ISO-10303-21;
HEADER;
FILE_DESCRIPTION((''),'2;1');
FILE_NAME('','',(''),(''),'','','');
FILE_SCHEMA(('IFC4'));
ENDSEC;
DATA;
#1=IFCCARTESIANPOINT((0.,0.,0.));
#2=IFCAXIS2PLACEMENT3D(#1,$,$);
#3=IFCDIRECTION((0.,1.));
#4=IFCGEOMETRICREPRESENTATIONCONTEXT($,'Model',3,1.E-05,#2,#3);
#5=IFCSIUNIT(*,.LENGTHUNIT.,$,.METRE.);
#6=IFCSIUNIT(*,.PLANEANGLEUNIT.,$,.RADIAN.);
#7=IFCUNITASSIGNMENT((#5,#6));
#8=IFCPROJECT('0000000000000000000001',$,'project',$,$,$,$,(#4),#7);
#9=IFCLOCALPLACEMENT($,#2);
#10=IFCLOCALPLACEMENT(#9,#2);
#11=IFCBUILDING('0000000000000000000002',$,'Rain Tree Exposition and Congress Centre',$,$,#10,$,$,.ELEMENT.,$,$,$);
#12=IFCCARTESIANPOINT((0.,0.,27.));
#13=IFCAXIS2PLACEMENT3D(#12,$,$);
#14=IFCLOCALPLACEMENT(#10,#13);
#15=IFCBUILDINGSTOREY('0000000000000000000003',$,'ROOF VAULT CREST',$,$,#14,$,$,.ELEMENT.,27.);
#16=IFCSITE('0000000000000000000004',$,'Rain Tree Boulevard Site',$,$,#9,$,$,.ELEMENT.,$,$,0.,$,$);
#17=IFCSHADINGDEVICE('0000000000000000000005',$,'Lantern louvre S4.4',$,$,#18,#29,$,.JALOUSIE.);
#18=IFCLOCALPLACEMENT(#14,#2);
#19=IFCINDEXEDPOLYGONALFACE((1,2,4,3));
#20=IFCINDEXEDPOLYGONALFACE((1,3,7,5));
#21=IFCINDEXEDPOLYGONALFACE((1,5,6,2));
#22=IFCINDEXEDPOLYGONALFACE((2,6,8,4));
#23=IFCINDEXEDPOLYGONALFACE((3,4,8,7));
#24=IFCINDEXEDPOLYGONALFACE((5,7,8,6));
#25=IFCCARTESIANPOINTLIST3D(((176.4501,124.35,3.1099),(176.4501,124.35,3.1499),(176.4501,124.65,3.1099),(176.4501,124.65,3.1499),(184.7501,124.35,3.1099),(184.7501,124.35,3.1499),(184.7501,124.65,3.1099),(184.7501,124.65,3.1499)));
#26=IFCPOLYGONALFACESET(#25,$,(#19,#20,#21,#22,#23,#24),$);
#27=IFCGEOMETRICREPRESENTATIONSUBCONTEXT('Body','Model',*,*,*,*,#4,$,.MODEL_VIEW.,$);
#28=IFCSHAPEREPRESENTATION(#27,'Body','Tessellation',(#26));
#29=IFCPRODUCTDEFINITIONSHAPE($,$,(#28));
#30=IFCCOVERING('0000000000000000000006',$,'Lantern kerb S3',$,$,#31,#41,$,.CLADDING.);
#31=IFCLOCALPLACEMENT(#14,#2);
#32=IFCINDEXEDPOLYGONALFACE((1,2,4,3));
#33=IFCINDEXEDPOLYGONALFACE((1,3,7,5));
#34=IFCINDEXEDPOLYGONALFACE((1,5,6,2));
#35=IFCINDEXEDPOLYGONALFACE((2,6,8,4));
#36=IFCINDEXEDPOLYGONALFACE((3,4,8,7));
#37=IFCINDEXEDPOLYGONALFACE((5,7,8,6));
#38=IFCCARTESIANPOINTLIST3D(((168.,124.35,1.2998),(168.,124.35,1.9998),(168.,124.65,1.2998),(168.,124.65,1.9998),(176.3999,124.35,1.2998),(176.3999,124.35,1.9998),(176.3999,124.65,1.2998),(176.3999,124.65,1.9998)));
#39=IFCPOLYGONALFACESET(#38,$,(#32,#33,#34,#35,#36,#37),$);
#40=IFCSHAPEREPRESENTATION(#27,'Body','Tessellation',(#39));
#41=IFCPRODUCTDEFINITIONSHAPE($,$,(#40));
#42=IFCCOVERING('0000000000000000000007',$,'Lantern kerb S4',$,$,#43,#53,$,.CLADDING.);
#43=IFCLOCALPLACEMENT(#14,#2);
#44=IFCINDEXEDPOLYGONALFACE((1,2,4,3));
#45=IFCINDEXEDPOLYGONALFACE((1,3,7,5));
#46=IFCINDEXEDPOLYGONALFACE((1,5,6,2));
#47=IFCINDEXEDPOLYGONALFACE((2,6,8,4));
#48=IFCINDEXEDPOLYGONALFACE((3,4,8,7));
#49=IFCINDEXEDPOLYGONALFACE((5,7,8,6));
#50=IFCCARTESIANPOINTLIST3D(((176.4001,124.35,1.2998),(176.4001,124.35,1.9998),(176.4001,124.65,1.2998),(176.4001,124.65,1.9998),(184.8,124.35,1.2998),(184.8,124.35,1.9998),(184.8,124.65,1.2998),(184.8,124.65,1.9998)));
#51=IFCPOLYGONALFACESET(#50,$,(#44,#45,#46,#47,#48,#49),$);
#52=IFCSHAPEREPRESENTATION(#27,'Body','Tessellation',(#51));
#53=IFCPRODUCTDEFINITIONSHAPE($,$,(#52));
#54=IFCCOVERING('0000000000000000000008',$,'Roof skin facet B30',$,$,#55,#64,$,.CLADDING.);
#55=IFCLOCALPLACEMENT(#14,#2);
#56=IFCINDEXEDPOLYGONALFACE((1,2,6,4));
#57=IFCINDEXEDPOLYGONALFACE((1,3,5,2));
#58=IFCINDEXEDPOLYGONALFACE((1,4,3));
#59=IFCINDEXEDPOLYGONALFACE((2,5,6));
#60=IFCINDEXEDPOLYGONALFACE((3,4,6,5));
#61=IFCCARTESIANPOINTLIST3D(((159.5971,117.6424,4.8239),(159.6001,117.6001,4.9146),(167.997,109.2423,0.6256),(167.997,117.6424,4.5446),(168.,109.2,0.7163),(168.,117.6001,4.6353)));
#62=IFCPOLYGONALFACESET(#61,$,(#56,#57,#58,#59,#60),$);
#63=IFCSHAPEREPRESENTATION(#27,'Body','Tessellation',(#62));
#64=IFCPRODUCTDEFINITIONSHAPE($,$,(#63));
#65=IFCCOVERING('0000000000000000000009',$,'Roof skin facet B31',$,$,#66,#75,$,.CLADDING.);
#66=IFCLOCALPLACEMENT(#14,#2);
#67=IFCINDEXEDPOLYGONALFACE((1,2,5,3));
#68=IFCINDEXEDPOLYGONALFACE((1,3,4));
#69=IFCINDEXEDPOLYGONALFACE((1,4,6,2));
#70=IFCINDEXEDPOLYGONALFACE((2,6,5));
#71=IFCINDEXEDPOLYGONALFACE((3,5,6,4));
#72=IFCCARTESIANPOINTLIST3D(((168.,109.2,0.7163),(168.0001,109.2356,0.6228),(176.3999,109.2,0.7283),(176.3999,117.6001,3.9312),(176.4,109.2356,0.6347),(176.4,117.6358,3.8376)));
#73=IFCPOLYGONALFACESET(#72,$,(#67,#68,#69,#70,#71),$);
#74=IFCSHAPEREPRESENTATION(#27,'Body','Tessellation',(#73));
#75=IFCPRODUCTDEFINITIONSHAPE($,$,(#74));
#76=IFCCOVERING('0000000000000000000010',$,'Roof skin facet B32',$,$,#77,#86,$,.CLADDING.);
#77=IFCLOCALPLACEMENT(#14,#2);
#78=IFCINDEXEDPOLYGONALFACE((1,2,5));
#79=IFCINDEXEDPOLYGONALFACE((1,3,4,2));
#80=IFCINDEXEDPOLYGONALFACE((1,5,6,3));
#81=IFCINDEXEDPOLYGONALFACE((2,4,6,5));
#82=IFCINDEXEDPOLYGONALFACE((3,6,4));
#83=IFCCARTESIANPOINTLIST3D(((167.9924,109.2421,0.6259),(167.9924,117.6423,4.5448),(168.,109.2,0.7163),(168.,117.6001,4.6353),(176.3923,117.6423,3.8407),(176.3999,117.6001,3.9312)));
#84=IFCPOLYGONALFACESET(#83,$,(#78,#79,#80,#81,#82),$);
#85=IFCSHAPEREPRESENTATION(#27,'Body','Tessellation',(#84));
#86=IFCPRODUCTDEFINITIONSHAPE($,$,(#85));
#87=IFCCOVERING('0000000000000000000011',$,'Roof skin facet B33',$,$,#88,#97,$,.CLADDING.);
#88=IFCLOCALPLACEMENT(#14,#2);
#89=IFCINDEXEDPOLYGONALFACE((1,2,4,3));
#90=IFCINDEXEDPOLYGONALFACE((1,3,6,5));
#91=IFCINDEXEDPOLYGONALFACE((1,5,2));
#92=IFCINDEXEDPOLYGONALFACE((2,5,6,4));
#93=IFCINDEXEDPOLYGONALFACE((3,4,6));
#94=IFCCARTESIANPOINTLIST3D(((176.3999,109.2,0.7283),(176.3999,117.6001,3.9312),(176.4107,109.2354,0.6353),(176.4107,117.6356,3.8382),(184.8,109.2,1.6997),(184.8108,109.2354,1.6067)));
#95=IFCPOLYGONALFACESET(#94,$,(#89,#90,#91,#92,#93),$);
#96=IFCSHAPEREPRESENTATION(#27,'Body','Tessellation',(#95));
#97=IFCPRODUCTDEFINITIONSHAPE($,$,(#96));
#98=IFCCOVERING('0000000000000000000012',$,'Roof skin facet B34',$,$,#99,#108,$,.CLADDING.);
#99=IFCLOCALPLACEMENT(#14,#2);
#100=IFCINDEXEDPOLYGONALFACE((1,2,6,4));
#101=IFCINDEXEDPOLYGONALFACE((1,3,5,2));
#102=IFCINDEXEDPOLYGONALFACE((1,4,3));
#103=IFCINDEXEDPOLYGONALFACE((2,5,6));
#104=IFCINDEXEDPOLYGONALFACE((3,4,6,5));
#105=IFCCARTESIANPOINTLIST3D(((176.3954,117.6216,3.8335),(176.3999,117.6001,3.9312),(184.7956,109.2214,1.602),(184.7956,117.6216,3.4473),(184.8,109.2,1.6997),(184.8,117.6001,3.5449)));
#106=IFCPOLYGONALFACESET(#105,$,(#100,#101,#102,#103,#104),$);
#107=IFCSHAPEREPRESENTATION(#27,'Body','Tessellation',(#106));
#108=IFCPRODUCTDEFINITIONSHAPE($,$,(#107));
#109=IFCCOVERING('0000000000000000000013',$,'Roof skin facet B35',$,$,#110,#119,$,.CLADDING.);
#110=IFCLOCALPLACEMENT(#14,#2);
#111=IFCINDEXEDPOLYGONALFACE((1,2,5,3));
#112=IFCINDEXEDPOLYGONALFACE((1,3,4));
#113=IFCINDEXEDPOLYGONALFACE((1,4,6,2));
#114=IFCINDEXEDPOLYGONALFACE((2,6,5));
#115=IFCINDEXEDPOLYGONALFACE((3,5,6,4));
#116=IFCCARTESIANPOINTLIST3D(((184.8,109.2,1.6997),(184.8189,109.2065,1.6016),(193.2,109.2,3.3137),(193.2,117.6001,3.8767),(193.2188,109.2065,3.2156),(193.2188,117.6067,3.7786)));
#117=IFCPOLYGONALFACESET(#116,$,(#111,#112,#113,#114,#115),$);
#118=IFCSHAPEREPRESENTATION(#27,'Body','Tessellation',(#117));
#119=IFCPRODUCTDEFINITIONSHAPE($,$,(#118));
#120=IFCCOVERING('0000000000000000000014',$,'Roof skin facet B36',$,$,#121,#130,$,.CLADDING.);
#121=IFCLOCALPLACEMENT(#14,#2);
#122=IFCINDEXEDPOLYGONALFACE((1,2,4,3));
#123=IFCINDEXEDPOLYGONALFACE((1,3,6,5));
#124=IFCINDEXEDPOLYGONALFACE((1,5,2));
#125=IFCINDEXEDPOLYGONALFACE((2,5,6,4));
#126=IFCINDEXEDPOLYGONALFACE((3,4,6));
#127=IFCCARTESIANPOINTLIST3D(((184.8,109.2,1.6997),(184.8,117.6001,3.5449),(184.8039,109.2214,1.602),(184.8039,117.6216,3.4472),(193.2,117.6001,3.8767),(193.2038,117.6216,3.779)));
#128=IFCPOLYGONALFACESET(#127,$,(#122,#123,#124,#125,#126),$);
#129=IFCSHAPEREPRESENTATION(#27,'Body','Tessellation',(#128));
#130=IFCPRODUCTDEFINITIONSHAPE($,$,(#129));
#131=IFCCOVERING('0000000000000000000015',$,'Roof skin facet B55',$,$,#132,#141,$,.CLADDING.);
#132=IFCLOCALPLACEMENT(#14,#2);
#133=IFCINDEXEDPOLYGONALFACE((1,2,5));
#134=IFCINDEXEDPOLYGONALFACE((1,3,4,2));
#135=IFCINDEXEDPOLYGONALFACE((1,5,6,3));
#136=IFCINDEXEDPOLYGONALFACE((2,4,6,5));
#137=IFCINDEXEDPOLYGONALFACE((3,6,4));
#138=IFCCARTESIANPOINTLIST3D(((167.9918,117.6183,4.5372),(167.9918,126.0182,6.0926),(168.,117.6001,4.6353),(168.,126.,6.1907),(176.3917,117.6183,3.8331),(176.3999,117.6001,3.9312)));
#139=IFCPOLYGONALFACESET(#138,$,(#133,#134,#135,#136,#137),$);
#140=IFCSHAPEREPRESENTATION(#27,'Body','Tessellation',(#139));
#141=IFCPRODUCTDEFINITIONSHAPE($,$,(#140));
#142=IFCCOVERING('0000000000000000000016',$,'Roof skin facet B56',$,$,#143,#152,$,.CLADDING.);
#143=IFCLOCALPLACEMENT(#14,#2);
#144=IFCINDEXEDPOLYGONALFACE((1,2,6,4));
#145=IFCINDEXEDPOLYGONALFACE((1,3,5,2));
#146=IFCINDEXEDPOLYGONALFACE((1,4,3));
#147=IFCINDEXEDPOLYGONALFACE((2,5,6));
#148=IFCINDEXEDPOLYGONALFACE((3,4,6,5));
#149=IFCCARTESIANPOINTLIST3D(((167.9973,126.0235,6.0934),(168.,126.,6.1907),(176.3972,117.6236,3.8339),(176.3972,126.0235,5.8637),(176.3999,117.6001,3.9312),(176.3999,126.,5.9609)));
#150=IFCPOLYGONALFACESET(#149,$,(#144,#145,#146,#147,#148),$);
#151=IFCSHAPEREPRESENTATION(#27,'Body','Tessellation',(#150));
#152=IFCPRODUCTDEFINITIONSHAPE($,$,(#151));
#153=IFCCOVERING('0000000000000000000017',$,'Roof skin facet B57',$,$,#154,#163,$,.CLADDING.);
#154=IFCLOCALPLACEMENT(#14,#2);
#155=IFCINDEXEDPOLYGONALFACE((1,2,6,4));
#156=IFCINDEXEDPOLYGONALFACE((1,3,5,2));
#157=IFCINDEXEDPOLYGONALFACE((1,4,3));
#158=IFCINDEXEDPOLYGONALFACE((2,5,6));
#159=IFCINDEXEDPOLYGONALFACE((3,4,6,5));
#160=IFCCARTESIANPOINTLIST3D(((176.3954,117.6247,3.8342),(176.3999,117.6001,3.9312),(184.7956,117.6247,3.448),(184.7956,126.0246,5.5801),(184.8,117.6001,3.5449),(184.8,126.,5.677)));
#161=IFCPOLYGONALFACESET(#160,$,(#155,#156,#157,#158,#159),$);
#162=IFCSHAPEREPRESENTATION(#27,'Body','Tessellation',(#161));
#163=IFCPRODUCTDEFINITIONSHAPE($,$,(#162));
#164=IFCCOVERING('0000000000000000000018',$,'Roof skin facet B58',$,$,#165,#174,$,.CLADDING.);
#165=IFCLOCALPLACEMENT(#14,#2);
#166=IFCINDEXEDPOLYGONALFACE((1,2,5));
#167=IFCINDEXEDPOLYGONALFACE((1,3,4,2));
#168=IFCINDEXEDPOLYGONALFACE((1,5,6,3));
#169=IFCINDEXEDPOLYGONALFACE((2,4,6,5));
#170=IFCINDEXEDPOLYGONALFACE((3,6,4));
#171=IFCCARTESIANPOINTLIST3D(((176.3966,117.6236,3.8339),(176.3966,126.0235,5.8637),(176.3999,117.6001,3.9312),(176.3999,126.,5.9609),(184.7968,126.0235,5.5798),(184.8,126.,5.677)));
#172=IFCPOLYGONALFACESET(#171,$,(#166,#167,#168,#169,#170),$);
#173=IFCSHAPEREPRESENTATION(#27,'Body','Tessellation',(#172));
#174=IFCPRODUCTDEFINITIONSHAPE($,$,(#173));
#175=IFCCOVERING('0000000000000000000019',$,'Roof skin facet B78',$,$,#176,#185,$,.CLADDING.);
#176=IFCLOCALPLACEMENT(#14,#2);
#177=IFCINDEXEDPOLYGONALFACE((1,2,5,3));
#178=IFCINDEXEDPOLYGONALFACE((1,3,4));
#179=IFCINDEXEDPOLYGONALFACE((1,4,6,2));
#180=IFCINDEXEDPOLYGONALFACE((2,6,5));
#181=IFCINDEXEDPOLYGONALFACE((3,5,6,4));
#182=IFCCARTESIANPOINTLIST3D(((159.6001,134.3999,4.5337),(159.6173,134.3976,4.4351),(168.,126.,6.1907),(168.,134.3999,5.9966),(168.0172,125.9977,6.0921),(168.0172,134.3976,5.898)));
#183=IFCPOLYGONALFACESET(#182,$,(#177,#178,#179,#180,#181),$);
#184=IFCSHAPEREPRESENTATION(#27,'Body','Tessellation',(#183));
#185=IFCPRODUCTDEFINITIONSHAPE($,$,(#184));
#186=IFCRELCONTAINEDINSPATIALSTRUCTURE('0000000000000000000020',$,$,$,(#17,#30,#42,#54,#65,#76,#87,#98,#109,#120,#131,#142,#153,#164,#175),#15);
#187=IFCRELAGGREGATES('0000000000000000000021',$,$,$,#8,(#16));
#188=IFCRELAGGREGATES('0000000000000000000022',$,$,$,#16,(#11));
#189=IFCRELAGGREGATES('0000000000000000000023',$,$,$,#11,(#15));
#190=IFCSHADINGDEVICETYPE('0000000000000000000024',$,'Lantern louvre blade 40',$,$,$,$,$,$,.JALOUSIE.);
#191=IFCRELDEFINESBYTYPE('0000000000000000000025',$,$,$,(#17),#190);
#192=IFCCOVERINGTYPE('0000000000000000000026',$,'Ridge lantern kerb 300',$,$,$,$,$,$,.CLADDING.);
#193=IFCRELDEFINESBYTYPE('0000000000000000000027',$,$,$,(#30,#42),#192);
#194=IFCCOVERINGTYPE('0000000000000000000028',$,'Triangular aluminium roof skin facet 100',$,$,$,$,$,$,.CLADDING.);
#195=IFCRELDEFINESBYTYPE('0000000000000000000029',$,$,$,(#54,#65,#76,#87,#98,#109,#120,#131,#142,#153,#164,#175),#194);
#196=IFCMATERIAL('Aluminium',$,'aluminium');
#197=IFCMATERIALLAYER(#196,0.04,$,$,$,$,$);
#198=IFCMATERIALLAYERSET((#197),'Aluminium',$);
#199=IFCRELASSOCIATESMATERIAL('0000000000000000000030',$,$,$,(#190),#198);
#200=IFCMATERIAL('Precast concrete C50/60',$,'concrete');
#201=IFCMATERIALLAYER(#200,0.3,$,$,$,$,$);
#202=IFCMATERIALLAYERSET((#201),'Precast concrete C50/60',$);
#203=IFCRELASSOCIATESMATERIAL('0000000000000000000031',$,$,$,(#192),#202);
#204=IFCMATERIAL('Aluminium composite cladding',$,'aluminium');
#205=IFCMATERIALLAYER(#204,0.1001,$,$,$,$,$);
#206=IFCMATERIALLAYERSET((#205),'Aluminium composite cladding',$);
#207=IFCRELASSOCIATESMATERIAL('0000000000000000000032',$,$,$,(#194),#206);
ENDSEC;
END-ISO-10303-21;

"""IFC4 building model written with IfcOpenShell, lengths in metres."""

from ifc_helpers import new_model, si_unit, direction, frame, origin, origin_2d, place, context, subcontext, project, spatial, polyline, rectangle, outline, extrude, material, layer, layer_set, type_object, element, save


model = new_model("IFC4")

# Units and contexts
model_context = context("Model", 3, precision=1e-05, world=origin(), true_north=direction((0.0, 1.0)))
body_context = subcontext(model_context, "Body", "Model", "MODEL_VIEW")
ifc_project = project(units=[si_unit("LENGTHUNIT", "METRE"), si_unit("PLANEANGLEUNIT", "RADIAN")], contexts=[model_context])

# Site, building, storey
site_placement = place(None, origin())
site = spatial("IfcSite", under=ifc_project, at=site_placement, Name="Rain Tree Boulevard Site", CompositionType="ELEMENT", RefElevation=0.0)
building_placement = place(site_placement, origin())
building = spatial("IfcBuilding", under=site, at=building_placement, Name="Rain Tree Exposition and Congress Centre", CompositionType="ELEMENT")
storey_placement = place(building_placement, frame((0.0, 0.0, 27.0)))
storey = spatial("IfcBuildingStorey", under=building, at=storey_placement, Name="ROOF VAULT CREST", CompositionType="ELEMENT", Elevation=27.0)

# Shading device
ifc_material_1 = material(Name="Aluminium", Category="aluminium")
ifc_layer_1 = layer(ifc_material_1, 0.04)
ifc_layer_set_1 = layer_set([ifc_layer_1], Name="Aluminium")
shading_device_type = type_object("IfcShadingDeviceType", Name="Lantern louvre blade 40", PredefinedType="JALOUSIE", material=ifc_layer_set_1)
for number, where, z_axis, x_axis, name in (
    (1, (180.6001, 124.5, 3.1099), (0.0, 0.0, 1.0), (1.0, 0.0, 0.0), "Lantern louvre S4.4"),
):
    element("IfcShadingDevice", number, at=place(storey_placement, frame(where, z_axis=z_axis, x_axis=x_axis)), inside=storey, type_object=shading_device_type, Name=name, PredefinedType="JALOUSIE", context=body_context, shape_type="SweptSolid", body=[
        extrude(rectangle(XDim=8.3, YDim=0.3, at=origin_2d()), origin(), (0.0, 0.0, 1.0), 0.04),
    ])

# Coverings
ifc_material_2 = material(Name="Precast concrete C50/60", Category="concrete")
ifc_layer_2 = layer(ifc_material_2, 0.3)
ifc_layer_set_2 = layer_set([ifc_layer_2], Name="Precast concrete C50/60")
covering_type_1 = type_object("IfcCoveringType", Name="Ridge lantern kerb 300", PredefinedType="CLADDING", material=ifc_layer_set_2)
for number, where, z_axis, x_axis, name in (
    (2, (172.2, 124.5, 1.2998), (0.0, 0.0, 1.0), (1.0, 0.0, 0.0), "Lantern kerb S3"),
    (3, (180.6001, 124.5, 1.2998), (0.0, 0.0, 1.0), (1.0, 0.0, 0.0), "Lantern kerb S4"),
):
    element("IfcCovering", number, at=place(storey_placement, frame(where, z_axis=z_axis, x_axis=x_axis)), inside=storey, type_object=covering_type_1, Name=name, PredefinedType="CLADDING", context=body_context, shape_type="SweptSolid", body=[
        extrude(rectangle(XDim=8.3999, YDim=0.3, at=origin_2d()), origin(), (0.0, 0.0, 1.0), 0.7),
    ])
ifc_material_3 = material(Name="Aluminium composite cladding", Category="aluminium")
ifc_layer_3 = layer(ifc_material_3, 0.1001)
ifc_layer_set_3 = layer_set([ifc_layer_3], Name="Aluminium composite cladding")
covering_type_2 = type_object("IfcCoveringType", Name="Triangular aluminium roof skin facet 100", PredefinedType="CLADDING", material=ifc_layer_set_3)
covering_1_placement = place(storey_placement, frame((168.0, 109.2, 0.7163), z_axis=(0.030118, -0.422594, 0.905818), x_axis=(0.0, 0.90623, 0.422786)))
element("IfcCovering", 4, at=covering_1_placement, inside=storey, type_object=covering_type_2, Name="Roof skin facet B30", PredefinedType="CLADDING", context=body_context, shape_type="SweptSolid", body=[
    extrude(outline(polyline([(0.0, 0.0), (9.2693, 0.0), (9.3874, 8.4037), (0.0, 0.0)])), origin(), (0.0, 0.0, -1.0), 0.1001),
])
covering_2_placement = place(storey_placement, frame((168.0, 109.2, 0.7163), z_axis=(-0.001331, -0.356269, 0.934382), x_axis=(0.999999, 0.0, 0.001424)))
element("IfcCovering", 5, at=covering_2_placement, inside=storey, type_object=covering_type_2, Name="Roof skin facet B31", PredefinedType="CLADDING", context=body_context, shape_type="SweptSolid", body=[
    extrude(outline(polyline([(0.0, 0.0), (8.3999, 0.0), (8.4045, 8.99), (0.0, 0.0)])), origin(), (0.0, 0.0, -1.0), 0.1001),
])
covering_3_placement = place(storey_placement, frame((168.0, 109.2, 0.7163), z_axis=(0.075744, -0.421571, 0.903626), x_axis=(0.682544, 0.682564, 0.261226)))
element("IfcCovering", 6, at=covering_3_placement, inside=storey, type_object=covering_type_2, Name="Roof skin facet B32", PredefinedType="CLADDING", context=body_context, shape_type="SweptSolid", body=[
    extrude(outline(polyline([(0.0, 0.0), (12.3067, 0.0), (6.7574, 6.345), (0.0, 0.0)])), origin(), (0.0, 0.0, -1.0), 0.1001),
])
covering_4_placement = place(storey_placement, frame((176.3999, 109.2, 0.7283), z_axis=(-0.107431, -0.354208, 0.928975), x_axis=(0.993379, 0.0, 0.114879)))
element("IfcCovering", 7, at=covering_4_placement, inside=storey, type_object=covering_type_2, Name="Roof skin facet B33", PredefinedType="CLADDING", context=body_context, shape_type="SweptSolid", body=[
    extrude(outline(polyline([(0.0, 0.0), (8.4561, 0.0), (0.3679, 8.9825), (0.0, 0.0)])), origin(), (0.0, 0.0, -1.0), 0.1001),
])
covering_5_placement = place(storey_placement, frame((184.8, 109.2, 1.6997), z_axis=(0.044863, -0.214333, 0.97573), x_axis=(0.0, 0.976713, 0.214549)))
element("IfcCovering", 8, at=covering_5_placement, inside=storey, type_object=covering_type_2, Name="Roof skin facet B34", PredefinedType="CLADDING", context=body_context, shape_type="SweptSolid", body=[
    extrude(outline(polyline([(0.0, 0.0), (8.6004, 0.0), (8.6833, 8.4086), (0.0, 0.0)])), origin(), (0.0, 0.0, -1.0), 0.1001),
])
covering_6_placement = place(storey_placement, frame((184.8, 109.2, 1.6997), z_axis=(-0.188288, -0.065675, 0.979916), x_axis=(0.982036, 0.0, 0.188695)))
element("IfcCovering", 9, at=covering_6_placement, inside=storey, type_object=covering_type_2, Name="Roof skin facet B35", PredefinedType="CLADDING", context=body_context, shape_type="SweptSolid", body=[
    extrude(outline(polyline([(0.0, 0.0), (8.5536, 0.0), (8.6598, 8.4183), (0.0, 0.0)])), origin(), (0.0, 0.0, -1.0), 0.1001),
])
covering_7_placement = place(storey_placement, frame((184.8, 109.2, 1.6997), z_axis=(-0.03855, -0.21439, 0.975987), x_axis=(0.695514, 0.695534, 0.180256)))
element("IfcCovering", 10, at=covering_7_placement, inside=storey, type_object=covering_type_2, Name="Roof skin facet B36", PredefinedType="CLADDING", context=body_context, shape_type="SweptSolid", body=[
    extrude(outline(polyline([(0.0, 0.0), (12.0773, 0.0), (6.1752, 5.9862), (0.0, 0.0)])), origin(), (0.0, 0.0, -1.0), 0.1001),
])
covering_8_placement = place(storey_placement, frame((168.0, 117.6001, 4.6353), z_axis=(0.082143, -0.181461, 0.979962), x_axis=(0.996505, 0.0, -0.08353)))
element("IfcCovering", 11, at=covering_8_placement, inside=storey, type_object=covering_type_2, Name="Roof skin facet B55", PredefinedType="CLADDING", context=body_context, shape_type="SweptSolid", body=[
    extrude(outline(polyline([(0.0, 0.0), (8.4294, 0.0), (-0.1299, 8.5417), (0.0, 0.0)])), origin(), (0.0, 0.0, -1.0), 0.1001),
])
covering_9_placement = place(storey_placement, frame((176.3999, 117.6001, 3.9312), z_axis=(0.026575, -0.234801, 0.97168), x_axis=(0.0, 0.972024, 0.234884)))
element("IfcCovering", 12, at=covering_9_placement, inside=storey, type_object=covering_type_2, Name="Roof skin facet B56", PredefinedType="CLADDING", context=body_context, shape_type="SweptSolid", body=[
    extrude(outline(polyline([(0.0, 0.0), (8.6417, 0.0), (8.6956, 8.4029), (0.0, 0.0)])), origin(), (0.0, 0.0, -1.0), 0.1001),
])
covering_10_placement = place(storey_placement, frame((176.3999, 117.6001, 3.9312), z_axis=(0.044522, -0.245777, 0.968303), x_axis=(0.998945, 0.0, -0.04593)))
element("IfcCovering", 13, at=covering_10_placement, inside=storey, type_object=covering_type_2, Name="Roof skin facet B57", PredefinedType="CLADDING", context=body_context, shape_type="SweptSolid", body=[
    extrude(outline(polyline([(0.0, 0.0), (8.409, 0.0), (8.3111, 8.6657), (0.0, 0.0)])), origin(), (0.0, 0.0, -1.0), 0.1001),
])
covering_11_placement = place(storey_placement, frame((176.3999, 117.6001, 3.9312), z_axis=(0.032838, -0.234757, 0.971499), x_axis=(0.699602, 0.699582, 0.145402)))
element("IfcCovering", 14, at=covering_11_placement, inside=storey, type_object=covering_type_2, Name="Roof skin facet B58", PredefinedType="CLADDING", context=body_context, shape_type="SweptSolid", body=[
    extrude(outline(polyline([(0.0, 0.0), (12.007, 0.0), (6.1716, 6.049), (0.0, 0.0)])), origin(), (0.0, 0.0, -1.0), 0.1001),
])
covering_12_placement = place(storey_placement, frame((168.0, 126.0, 6.1907), z_axis=(-0.171529, 0.022758, 0.984916), x_axis=(0.0, 0.999733, -0.0231)))
element("IfcCovering", 15, at=covering_12_placement, inside=storey, type_object=covering_type_2, Name="Roof skin facet B78", PredefinedType="CLADDING", context=body_context, shape_type="SweptSolid", body=[
    extrude(outline(polyline([(0.0, 0.0), (8.4021, 0.0), (8.4359, 8.5263), (0.0, 0.0)])), origin(), (0.0, 0.0, -1.0), 0.1001),
])

save(model, "model.ifc")
